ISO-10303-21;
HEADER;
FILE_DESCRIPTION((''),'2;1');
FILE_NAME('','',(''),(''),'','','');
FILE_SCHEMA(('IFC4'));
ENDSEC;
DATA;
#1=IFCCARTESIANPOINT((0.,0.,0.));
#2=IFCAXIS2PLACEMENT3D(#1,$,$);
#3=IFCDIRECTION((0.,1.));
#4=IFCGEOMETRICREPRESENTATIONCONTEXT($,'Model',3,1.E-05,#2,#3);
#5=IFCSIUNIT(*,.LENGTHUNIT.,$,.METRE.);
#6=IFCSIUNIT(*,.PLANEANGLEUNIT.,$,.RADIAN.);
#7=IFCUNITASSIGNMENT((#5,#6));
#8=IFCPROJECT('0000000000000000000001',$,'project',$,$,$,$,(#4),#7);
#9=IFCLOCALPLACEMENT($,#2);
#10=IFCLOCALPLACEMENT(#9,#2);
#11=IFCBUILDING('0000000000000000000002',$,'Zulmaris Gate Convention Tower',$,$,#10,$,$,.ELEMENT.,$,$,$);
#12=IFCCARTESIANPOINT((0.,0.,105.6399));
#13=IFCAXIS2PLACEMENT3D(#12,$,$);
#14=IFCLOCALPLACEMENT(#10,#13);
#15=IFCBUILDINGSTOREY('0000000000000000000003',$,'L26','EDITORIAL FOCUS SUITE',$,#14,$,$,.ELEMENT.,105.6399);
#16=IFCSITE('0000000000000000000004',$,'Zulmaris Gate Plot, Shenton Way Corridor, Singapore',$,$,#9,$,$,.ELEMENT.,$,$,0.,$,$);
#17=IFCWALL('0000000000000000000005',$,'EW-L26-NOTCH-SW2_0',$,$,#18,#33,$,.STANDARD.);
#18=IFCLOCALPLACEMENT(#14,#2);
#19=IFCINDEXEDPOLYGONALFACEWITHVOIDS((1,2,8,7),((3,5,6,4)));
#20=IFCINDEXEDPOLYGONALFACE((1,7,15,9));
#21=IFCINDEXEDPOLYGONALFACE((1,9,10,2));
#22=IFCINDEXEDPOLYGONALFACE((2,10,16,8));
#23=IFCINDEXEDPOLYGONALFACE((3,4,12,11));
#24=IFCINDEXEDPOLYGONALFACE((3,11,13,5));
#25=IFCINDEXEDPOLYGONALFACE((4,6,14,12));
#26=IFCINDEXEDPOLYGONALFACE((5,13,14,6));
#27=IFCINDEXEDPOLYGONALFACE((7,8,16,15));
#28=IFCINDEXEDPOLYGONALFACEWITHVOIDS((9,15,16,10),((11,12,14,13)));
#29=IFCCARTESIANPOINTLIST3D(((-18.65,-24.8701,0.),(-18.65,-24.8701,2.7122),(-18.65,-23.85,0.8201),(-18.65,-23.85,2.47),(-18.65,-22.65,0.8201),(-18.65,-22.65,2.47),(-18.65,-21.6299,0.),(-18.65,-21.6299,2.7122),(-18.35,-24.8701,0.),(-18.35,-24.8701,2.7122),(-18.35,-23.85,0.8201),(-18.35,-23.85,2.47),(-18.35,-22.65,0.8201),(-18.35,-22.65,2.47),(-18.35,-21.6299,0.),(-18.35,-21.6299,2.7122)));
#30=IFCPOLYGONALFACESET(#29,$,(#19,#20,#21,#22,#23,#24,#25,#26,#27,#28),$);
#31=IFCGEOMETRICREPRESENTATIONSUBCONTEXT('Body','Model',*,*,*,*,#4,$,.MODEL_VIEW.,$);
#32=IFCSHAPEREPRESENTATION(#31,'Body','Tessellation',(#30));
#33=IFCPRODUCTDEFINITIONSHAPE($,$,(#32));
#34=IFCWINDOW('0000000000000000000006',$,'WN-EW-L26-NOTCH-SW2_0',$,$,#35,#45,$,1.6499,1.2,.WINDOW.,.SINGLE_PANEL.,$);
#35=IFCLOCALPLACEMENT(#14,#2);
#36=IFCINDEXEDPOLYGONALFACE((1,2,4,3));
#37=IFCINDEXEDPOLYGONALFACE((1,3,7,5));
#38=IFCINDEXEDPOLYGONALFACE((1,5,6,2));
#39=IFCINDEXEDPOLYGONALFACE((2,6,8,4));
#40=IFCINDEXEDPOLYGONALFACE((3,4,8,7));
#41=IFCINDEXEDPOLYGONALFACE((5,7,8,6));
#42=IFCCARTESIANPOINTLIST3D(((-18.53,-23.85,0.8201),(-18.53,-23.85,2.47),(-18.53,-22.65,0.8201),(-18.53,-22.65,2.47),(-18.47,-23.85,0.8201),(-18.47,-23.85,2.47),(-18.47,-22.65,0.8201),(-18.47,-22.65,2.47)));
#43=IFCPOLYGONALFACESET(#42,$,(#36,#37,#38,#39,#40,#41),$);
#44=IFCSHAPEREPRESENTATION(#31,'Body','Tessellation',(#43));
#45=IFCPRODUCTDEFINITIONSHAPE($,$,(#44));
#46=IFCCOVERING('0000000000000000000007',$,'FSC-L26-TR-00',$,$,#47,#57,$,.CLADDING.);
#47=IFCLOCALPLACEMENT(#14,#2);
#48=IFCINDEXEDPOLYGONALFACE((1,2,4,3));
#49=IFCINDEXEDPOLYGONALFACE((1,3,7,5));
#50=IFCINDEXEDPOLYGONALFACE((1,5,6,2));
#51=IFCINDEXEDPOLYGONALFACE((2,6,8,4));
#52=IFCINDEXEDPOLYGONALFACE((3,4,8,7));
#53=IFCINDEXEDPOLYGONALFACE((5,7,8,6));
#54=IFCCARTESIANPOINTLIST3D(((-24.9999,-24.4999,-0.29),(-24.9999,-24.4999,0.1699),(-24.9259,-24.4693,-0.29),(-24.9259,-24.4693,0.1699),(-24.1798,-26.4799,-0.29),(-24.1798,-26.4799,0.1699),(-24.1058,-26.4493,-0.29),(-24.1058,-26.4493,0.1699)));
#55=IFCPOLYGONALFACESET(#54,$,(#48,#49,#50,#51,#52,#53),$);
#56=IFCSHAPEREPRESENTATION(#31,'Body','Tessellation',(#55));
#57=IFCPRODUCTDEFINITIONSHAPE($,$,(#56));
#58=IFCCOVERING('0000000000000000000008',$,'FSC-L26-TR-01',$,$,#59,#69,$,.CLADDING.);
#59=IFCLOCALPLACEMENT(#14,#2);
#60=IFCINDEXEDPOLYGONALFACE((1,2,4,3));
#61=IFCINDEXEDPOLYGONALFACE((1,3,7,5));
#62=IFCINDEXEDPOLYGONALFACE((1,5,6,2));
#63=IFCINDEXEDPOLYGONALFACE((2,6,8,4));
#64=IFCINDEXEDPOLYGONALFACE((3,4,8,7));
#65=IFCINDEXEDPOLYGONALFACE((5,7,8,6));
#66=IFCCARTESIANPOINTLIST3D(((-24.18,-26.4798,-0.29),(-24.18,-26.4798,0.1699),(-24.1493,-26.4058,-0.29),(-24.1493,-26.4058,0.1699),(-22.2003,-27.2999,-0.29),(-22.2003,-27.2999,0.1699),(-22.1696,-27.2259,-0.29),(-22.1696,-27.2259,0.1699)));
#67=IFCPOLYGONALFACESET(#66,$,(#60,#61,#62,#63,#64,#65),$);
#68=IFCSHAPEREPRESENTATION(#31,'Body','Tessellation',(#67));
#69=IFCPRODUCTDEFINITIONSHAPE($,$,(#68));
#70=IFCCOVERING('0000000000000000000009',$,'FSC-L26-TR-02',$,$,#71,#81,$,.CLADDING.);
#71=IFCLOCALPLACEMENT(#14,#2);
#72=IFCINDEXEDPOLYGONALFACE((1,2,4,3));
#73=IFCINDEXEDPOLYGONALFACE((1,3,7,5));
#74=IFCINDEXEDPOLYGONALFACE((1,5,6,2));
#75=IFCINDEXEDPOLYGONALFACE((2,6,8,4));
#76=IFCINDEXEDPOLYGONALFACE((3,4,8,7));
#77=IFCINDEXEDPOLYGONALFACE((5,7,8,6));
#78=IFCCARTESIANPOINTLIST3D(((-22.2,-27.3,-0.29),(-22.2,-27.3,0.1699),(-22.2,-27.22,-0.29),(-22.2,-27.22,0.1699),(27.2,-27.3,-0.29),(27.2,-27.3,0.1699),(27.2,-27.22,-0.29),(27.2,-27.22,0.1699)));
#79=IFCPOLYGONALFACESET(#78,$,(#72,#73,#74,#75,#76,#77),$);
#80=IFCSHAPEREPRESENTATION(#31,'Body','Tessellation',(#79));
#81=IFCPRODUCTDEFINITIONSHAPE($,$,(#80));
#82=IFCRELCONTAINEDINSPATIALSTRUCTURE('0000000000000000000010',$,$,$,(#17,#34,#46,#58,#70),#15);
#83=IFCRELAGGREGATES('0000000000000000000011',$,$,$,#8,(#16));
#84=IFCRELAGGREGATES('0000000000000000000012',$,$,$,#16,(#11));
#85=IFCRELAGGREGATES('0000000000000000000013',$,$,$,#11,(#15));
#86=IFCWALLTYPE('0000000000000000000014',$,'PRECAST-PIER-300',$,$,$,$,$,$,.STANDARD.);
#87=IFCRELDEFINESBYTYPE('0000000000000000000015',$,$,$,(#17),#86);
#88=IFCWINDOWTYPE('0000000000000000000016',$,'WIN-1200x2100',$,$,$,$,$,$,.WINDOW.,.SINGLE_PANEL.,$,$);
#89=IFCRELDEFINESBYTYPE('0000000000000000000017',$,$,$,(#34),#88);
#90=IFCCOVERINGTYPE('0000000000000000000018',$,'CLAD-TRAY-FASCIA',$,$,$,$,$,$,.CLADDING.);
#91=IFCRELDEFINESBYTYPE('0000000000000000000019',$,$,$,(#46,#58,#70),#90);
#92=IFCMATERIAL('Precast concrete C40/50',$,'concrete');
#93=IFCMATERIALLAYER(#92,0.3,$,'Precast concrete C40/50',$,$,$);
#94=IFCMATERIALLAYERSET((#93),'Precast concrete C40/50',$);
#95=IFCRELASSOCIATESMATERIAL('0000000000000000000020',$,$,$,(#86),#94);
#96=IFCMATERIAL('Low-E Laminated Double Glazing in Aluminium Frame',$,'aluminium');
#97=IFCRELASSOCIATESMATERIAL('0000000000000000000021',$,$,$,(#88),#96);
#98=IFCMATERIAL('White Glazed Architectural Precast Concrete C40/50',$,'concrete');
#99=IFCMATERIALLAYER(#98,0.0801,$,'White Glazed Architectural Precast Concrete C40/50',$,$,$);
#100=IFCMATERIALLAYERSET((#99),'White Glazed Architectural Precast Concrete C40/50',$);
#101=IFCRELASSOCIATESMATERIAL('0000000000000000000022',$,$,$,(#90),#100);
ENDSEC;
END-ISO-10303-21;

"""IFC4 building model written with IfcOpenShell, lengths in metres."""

from ifc_helpers import new_model, si_unit, direction, frame, frame_2d, origin, place, context, subcontext, project, spatial, rectangle, extrude, material, layer, layer_set, type_object, element, fill, save


model = new_model("IFC4")

# Units and contexts
model_context = context("Model", 3, precision=1e-05, world=origin(), true_north=direction((0.0, 1.0)))
body_context = subcontext(model_context, "Body", "Model", "MODEL_VIEW")
ifc_project = project(units=[si_unit("LENGTHUNIT", "METRE"), si_unit("PLANEANGLEUNIT", "RADIAN")], contexts=[model_context])

# Site, building, storey
site_placement = place(None, origin())
site = spatial("IfcSite", under=ifc_project, at=site_placement, Name="Zulmaris Gate Plot, Shenton Way Corridor, Singapore", CompositionType="ELEMENT", RefElevation=0.0)
building_placement = place(site_placement, origin())
building = spatial("IfcBuilding", under=site, at=building_placement, Name="Zulmaris Gate Convention Tower", CompositionType="ELEMENT")
storey_placement = place(building_placement, frame((0.0, 0.0, 105.6399)))
storey = spatial("IfcBuildingStorey", under=building, at=storey_placement, Name="L26", Description="EDITORIAL FOCUS SUITE", CompositionType="ELEMENT", Elevation=105.6399)

# Wall, opening, window
ifc_material_1 = material(Name="Precast concrete C40/50", Category="concrete")
ifc_layer_1 = layer(ifc_material_1, 0.3, Name="Precast concrete C40/50")
ifc_layer_set_1 = layer_set([ifc_layer_1], Name="Precast concrete C40/50")
wall_type = type_object("IfcWallType", Name="PRECAST-PIER-300", PredefinedType="STANDARD", material=ifc_layer_set_1)
wall_placement = place(storey_placement, frame((-18.5, -21.6299, 0.0), z_axis=(0.0, 0.0, 1.0), x_axis=(0.0, -1.0, 0.0)))
wall = element("IfcWall", 1, at=wall_placement, inside=storey, type_object=wall_type, Name="EW-L26-NOTCH-SW2_0", PredefinedType="STANDARD", context=body_context, shape_type="SweptSolid", body=[
    extrude(rectangle(XDim=3.2402, YDim=0.3, at=frame_2d((1.6201, 0.0))), origin(), (0.0, 0.0, 1.0), 2.7122),
])
opening_placement = place(wall_placement, frame((1.02, 0.0, 0.8201)))
opening = element("IfcOpeningElement", 2, at=opening_placement, cuts=wall, PredefinedType="OPENING", context=body_context, shape_type="SweptSolid", body=[
    extrude(rectangle(XDim=1.2, YDim=1.6499, at=frame_2d((0.6001, 0.825))), frame((0.0, 0.1602, 0.0), z_axis=(0.0, -1.0, 0.0), x_axis=(1.0, 0.0, 0.0)), (0.0, 0.0, 1.0), 0.3201),
])
ifc_material_2 = material(Name="Low-E Laminated Double Glazing in Aluminium Frame", Category="aluminium")
window_type = type_object("IfcWindowType", Name="WIN-1200x2100", PartitioningType="SINGLE_PANEL", PredefinedType="WINDOW", material=ifc_material_2)
window_placement = place(opening_placement, origin())
window = element("IfcWindow", 3, at=window_placement, inside=storey, type_object=window_type, Name="WN-EW-L26-NOTCH-SW2_0", OverallHeight=1.6499, OverallWidth=1.2, PartitioningType="SINGLE_PANEL", PredefinedType="WINDOW", context=body_context, shape_type="SweptSolid", body=[
    extrude(rectangle(XDim=1.2, YDim=1.6499, at=frame_2d((0.6001, 0.825))), frame((0.0, 0.03, 0.0), z_axis=(0.0, -1.0, 0.0), x_axis=(1.0, 0.0, 0.0)), (0.0, 0.0, 1.0), 0.0601),
])
fill(opening, window)

# Coverings
ifc_material_3 = material(Name="White Glazed Architectural Precast Concrete C40/50", Category="concrete")
ifc_layer_2 = layer(ifc_material_3, 0.0801, Name="White Glazed Architectural Precast Concrete C40/50")
ifc_layer_set_2 = layer_set([ifc_layer_2], Name="White Glazed Architectural Precast Concrete C40/50")
covering_type = type_object("IfcCoveringType", Name="CLAD-TRAY-FASCIA", PredefinedType="CLADDING", material=ifc_layer_set_2)
covering_1_placement = place(storey_placement, frame((-24.9629, -24.4846, -0.29), z_axis=(0.0, 0.0, 1.0), x_axis=(0.382657, -0.92389, 0.0)))
element("IfcCovering", 4, at=covering_1_placement, inside=storey, type_object=covering_type, Name="FSC-L26-TR-00", PredefinedType="CLADDING", context=body_context, shape_type="SweptSolid", body=[
    extrude(rectangle(XDim=2.1431, YDim=0.0801, at=frame_2d((1.0715, 0.0))), origin(), (0.0, 0.0, 1.0), 0.46),
])
covering_2_placement = place(storey_placement, frame((-24.1646, -26.4429, -0.29), z_axis=(0.0, 0.0, 1.0), x_axis=(0.923874, -0.382697, 0.0)))
element("IfcCovering", 5, at=covering_2_placement, inside=storey, type_object=covering_type, Name="FSC-L26-TR-01", PredefinedType="CLADDING", context=body_context, shape_type="SweptSolid", body=[
    extrude(rectangle(XDim=2.1428, YDim=0.0801, at=frame_2d((1.0713, 0.0))), origin(), (0.0, 0.0, 1.0), 0.46),
])
covering_3_placement = place(storey_placement, frame((-22.2, -27.26, -0.29), z_axis=(0.0, 0.0, 1.0), x_axis=(1.0, 0.0, 0.0)))
element("IfcCovering", 6, at=covering_3_placement, inside=storey, type_object=covering_type, Name="FSC-L26-TR-02", PredefinedType="CLADDING", context=body_context, shape_type="SweptSolid", body=[
    extrude(rectangle(XDim=49.3999, YDim=0.0801, at=frame_2d((24.7, 0.0))), origin(), (0.0, 0.0, 1.0), 0.46),
])

save(model, "model.ifc")
